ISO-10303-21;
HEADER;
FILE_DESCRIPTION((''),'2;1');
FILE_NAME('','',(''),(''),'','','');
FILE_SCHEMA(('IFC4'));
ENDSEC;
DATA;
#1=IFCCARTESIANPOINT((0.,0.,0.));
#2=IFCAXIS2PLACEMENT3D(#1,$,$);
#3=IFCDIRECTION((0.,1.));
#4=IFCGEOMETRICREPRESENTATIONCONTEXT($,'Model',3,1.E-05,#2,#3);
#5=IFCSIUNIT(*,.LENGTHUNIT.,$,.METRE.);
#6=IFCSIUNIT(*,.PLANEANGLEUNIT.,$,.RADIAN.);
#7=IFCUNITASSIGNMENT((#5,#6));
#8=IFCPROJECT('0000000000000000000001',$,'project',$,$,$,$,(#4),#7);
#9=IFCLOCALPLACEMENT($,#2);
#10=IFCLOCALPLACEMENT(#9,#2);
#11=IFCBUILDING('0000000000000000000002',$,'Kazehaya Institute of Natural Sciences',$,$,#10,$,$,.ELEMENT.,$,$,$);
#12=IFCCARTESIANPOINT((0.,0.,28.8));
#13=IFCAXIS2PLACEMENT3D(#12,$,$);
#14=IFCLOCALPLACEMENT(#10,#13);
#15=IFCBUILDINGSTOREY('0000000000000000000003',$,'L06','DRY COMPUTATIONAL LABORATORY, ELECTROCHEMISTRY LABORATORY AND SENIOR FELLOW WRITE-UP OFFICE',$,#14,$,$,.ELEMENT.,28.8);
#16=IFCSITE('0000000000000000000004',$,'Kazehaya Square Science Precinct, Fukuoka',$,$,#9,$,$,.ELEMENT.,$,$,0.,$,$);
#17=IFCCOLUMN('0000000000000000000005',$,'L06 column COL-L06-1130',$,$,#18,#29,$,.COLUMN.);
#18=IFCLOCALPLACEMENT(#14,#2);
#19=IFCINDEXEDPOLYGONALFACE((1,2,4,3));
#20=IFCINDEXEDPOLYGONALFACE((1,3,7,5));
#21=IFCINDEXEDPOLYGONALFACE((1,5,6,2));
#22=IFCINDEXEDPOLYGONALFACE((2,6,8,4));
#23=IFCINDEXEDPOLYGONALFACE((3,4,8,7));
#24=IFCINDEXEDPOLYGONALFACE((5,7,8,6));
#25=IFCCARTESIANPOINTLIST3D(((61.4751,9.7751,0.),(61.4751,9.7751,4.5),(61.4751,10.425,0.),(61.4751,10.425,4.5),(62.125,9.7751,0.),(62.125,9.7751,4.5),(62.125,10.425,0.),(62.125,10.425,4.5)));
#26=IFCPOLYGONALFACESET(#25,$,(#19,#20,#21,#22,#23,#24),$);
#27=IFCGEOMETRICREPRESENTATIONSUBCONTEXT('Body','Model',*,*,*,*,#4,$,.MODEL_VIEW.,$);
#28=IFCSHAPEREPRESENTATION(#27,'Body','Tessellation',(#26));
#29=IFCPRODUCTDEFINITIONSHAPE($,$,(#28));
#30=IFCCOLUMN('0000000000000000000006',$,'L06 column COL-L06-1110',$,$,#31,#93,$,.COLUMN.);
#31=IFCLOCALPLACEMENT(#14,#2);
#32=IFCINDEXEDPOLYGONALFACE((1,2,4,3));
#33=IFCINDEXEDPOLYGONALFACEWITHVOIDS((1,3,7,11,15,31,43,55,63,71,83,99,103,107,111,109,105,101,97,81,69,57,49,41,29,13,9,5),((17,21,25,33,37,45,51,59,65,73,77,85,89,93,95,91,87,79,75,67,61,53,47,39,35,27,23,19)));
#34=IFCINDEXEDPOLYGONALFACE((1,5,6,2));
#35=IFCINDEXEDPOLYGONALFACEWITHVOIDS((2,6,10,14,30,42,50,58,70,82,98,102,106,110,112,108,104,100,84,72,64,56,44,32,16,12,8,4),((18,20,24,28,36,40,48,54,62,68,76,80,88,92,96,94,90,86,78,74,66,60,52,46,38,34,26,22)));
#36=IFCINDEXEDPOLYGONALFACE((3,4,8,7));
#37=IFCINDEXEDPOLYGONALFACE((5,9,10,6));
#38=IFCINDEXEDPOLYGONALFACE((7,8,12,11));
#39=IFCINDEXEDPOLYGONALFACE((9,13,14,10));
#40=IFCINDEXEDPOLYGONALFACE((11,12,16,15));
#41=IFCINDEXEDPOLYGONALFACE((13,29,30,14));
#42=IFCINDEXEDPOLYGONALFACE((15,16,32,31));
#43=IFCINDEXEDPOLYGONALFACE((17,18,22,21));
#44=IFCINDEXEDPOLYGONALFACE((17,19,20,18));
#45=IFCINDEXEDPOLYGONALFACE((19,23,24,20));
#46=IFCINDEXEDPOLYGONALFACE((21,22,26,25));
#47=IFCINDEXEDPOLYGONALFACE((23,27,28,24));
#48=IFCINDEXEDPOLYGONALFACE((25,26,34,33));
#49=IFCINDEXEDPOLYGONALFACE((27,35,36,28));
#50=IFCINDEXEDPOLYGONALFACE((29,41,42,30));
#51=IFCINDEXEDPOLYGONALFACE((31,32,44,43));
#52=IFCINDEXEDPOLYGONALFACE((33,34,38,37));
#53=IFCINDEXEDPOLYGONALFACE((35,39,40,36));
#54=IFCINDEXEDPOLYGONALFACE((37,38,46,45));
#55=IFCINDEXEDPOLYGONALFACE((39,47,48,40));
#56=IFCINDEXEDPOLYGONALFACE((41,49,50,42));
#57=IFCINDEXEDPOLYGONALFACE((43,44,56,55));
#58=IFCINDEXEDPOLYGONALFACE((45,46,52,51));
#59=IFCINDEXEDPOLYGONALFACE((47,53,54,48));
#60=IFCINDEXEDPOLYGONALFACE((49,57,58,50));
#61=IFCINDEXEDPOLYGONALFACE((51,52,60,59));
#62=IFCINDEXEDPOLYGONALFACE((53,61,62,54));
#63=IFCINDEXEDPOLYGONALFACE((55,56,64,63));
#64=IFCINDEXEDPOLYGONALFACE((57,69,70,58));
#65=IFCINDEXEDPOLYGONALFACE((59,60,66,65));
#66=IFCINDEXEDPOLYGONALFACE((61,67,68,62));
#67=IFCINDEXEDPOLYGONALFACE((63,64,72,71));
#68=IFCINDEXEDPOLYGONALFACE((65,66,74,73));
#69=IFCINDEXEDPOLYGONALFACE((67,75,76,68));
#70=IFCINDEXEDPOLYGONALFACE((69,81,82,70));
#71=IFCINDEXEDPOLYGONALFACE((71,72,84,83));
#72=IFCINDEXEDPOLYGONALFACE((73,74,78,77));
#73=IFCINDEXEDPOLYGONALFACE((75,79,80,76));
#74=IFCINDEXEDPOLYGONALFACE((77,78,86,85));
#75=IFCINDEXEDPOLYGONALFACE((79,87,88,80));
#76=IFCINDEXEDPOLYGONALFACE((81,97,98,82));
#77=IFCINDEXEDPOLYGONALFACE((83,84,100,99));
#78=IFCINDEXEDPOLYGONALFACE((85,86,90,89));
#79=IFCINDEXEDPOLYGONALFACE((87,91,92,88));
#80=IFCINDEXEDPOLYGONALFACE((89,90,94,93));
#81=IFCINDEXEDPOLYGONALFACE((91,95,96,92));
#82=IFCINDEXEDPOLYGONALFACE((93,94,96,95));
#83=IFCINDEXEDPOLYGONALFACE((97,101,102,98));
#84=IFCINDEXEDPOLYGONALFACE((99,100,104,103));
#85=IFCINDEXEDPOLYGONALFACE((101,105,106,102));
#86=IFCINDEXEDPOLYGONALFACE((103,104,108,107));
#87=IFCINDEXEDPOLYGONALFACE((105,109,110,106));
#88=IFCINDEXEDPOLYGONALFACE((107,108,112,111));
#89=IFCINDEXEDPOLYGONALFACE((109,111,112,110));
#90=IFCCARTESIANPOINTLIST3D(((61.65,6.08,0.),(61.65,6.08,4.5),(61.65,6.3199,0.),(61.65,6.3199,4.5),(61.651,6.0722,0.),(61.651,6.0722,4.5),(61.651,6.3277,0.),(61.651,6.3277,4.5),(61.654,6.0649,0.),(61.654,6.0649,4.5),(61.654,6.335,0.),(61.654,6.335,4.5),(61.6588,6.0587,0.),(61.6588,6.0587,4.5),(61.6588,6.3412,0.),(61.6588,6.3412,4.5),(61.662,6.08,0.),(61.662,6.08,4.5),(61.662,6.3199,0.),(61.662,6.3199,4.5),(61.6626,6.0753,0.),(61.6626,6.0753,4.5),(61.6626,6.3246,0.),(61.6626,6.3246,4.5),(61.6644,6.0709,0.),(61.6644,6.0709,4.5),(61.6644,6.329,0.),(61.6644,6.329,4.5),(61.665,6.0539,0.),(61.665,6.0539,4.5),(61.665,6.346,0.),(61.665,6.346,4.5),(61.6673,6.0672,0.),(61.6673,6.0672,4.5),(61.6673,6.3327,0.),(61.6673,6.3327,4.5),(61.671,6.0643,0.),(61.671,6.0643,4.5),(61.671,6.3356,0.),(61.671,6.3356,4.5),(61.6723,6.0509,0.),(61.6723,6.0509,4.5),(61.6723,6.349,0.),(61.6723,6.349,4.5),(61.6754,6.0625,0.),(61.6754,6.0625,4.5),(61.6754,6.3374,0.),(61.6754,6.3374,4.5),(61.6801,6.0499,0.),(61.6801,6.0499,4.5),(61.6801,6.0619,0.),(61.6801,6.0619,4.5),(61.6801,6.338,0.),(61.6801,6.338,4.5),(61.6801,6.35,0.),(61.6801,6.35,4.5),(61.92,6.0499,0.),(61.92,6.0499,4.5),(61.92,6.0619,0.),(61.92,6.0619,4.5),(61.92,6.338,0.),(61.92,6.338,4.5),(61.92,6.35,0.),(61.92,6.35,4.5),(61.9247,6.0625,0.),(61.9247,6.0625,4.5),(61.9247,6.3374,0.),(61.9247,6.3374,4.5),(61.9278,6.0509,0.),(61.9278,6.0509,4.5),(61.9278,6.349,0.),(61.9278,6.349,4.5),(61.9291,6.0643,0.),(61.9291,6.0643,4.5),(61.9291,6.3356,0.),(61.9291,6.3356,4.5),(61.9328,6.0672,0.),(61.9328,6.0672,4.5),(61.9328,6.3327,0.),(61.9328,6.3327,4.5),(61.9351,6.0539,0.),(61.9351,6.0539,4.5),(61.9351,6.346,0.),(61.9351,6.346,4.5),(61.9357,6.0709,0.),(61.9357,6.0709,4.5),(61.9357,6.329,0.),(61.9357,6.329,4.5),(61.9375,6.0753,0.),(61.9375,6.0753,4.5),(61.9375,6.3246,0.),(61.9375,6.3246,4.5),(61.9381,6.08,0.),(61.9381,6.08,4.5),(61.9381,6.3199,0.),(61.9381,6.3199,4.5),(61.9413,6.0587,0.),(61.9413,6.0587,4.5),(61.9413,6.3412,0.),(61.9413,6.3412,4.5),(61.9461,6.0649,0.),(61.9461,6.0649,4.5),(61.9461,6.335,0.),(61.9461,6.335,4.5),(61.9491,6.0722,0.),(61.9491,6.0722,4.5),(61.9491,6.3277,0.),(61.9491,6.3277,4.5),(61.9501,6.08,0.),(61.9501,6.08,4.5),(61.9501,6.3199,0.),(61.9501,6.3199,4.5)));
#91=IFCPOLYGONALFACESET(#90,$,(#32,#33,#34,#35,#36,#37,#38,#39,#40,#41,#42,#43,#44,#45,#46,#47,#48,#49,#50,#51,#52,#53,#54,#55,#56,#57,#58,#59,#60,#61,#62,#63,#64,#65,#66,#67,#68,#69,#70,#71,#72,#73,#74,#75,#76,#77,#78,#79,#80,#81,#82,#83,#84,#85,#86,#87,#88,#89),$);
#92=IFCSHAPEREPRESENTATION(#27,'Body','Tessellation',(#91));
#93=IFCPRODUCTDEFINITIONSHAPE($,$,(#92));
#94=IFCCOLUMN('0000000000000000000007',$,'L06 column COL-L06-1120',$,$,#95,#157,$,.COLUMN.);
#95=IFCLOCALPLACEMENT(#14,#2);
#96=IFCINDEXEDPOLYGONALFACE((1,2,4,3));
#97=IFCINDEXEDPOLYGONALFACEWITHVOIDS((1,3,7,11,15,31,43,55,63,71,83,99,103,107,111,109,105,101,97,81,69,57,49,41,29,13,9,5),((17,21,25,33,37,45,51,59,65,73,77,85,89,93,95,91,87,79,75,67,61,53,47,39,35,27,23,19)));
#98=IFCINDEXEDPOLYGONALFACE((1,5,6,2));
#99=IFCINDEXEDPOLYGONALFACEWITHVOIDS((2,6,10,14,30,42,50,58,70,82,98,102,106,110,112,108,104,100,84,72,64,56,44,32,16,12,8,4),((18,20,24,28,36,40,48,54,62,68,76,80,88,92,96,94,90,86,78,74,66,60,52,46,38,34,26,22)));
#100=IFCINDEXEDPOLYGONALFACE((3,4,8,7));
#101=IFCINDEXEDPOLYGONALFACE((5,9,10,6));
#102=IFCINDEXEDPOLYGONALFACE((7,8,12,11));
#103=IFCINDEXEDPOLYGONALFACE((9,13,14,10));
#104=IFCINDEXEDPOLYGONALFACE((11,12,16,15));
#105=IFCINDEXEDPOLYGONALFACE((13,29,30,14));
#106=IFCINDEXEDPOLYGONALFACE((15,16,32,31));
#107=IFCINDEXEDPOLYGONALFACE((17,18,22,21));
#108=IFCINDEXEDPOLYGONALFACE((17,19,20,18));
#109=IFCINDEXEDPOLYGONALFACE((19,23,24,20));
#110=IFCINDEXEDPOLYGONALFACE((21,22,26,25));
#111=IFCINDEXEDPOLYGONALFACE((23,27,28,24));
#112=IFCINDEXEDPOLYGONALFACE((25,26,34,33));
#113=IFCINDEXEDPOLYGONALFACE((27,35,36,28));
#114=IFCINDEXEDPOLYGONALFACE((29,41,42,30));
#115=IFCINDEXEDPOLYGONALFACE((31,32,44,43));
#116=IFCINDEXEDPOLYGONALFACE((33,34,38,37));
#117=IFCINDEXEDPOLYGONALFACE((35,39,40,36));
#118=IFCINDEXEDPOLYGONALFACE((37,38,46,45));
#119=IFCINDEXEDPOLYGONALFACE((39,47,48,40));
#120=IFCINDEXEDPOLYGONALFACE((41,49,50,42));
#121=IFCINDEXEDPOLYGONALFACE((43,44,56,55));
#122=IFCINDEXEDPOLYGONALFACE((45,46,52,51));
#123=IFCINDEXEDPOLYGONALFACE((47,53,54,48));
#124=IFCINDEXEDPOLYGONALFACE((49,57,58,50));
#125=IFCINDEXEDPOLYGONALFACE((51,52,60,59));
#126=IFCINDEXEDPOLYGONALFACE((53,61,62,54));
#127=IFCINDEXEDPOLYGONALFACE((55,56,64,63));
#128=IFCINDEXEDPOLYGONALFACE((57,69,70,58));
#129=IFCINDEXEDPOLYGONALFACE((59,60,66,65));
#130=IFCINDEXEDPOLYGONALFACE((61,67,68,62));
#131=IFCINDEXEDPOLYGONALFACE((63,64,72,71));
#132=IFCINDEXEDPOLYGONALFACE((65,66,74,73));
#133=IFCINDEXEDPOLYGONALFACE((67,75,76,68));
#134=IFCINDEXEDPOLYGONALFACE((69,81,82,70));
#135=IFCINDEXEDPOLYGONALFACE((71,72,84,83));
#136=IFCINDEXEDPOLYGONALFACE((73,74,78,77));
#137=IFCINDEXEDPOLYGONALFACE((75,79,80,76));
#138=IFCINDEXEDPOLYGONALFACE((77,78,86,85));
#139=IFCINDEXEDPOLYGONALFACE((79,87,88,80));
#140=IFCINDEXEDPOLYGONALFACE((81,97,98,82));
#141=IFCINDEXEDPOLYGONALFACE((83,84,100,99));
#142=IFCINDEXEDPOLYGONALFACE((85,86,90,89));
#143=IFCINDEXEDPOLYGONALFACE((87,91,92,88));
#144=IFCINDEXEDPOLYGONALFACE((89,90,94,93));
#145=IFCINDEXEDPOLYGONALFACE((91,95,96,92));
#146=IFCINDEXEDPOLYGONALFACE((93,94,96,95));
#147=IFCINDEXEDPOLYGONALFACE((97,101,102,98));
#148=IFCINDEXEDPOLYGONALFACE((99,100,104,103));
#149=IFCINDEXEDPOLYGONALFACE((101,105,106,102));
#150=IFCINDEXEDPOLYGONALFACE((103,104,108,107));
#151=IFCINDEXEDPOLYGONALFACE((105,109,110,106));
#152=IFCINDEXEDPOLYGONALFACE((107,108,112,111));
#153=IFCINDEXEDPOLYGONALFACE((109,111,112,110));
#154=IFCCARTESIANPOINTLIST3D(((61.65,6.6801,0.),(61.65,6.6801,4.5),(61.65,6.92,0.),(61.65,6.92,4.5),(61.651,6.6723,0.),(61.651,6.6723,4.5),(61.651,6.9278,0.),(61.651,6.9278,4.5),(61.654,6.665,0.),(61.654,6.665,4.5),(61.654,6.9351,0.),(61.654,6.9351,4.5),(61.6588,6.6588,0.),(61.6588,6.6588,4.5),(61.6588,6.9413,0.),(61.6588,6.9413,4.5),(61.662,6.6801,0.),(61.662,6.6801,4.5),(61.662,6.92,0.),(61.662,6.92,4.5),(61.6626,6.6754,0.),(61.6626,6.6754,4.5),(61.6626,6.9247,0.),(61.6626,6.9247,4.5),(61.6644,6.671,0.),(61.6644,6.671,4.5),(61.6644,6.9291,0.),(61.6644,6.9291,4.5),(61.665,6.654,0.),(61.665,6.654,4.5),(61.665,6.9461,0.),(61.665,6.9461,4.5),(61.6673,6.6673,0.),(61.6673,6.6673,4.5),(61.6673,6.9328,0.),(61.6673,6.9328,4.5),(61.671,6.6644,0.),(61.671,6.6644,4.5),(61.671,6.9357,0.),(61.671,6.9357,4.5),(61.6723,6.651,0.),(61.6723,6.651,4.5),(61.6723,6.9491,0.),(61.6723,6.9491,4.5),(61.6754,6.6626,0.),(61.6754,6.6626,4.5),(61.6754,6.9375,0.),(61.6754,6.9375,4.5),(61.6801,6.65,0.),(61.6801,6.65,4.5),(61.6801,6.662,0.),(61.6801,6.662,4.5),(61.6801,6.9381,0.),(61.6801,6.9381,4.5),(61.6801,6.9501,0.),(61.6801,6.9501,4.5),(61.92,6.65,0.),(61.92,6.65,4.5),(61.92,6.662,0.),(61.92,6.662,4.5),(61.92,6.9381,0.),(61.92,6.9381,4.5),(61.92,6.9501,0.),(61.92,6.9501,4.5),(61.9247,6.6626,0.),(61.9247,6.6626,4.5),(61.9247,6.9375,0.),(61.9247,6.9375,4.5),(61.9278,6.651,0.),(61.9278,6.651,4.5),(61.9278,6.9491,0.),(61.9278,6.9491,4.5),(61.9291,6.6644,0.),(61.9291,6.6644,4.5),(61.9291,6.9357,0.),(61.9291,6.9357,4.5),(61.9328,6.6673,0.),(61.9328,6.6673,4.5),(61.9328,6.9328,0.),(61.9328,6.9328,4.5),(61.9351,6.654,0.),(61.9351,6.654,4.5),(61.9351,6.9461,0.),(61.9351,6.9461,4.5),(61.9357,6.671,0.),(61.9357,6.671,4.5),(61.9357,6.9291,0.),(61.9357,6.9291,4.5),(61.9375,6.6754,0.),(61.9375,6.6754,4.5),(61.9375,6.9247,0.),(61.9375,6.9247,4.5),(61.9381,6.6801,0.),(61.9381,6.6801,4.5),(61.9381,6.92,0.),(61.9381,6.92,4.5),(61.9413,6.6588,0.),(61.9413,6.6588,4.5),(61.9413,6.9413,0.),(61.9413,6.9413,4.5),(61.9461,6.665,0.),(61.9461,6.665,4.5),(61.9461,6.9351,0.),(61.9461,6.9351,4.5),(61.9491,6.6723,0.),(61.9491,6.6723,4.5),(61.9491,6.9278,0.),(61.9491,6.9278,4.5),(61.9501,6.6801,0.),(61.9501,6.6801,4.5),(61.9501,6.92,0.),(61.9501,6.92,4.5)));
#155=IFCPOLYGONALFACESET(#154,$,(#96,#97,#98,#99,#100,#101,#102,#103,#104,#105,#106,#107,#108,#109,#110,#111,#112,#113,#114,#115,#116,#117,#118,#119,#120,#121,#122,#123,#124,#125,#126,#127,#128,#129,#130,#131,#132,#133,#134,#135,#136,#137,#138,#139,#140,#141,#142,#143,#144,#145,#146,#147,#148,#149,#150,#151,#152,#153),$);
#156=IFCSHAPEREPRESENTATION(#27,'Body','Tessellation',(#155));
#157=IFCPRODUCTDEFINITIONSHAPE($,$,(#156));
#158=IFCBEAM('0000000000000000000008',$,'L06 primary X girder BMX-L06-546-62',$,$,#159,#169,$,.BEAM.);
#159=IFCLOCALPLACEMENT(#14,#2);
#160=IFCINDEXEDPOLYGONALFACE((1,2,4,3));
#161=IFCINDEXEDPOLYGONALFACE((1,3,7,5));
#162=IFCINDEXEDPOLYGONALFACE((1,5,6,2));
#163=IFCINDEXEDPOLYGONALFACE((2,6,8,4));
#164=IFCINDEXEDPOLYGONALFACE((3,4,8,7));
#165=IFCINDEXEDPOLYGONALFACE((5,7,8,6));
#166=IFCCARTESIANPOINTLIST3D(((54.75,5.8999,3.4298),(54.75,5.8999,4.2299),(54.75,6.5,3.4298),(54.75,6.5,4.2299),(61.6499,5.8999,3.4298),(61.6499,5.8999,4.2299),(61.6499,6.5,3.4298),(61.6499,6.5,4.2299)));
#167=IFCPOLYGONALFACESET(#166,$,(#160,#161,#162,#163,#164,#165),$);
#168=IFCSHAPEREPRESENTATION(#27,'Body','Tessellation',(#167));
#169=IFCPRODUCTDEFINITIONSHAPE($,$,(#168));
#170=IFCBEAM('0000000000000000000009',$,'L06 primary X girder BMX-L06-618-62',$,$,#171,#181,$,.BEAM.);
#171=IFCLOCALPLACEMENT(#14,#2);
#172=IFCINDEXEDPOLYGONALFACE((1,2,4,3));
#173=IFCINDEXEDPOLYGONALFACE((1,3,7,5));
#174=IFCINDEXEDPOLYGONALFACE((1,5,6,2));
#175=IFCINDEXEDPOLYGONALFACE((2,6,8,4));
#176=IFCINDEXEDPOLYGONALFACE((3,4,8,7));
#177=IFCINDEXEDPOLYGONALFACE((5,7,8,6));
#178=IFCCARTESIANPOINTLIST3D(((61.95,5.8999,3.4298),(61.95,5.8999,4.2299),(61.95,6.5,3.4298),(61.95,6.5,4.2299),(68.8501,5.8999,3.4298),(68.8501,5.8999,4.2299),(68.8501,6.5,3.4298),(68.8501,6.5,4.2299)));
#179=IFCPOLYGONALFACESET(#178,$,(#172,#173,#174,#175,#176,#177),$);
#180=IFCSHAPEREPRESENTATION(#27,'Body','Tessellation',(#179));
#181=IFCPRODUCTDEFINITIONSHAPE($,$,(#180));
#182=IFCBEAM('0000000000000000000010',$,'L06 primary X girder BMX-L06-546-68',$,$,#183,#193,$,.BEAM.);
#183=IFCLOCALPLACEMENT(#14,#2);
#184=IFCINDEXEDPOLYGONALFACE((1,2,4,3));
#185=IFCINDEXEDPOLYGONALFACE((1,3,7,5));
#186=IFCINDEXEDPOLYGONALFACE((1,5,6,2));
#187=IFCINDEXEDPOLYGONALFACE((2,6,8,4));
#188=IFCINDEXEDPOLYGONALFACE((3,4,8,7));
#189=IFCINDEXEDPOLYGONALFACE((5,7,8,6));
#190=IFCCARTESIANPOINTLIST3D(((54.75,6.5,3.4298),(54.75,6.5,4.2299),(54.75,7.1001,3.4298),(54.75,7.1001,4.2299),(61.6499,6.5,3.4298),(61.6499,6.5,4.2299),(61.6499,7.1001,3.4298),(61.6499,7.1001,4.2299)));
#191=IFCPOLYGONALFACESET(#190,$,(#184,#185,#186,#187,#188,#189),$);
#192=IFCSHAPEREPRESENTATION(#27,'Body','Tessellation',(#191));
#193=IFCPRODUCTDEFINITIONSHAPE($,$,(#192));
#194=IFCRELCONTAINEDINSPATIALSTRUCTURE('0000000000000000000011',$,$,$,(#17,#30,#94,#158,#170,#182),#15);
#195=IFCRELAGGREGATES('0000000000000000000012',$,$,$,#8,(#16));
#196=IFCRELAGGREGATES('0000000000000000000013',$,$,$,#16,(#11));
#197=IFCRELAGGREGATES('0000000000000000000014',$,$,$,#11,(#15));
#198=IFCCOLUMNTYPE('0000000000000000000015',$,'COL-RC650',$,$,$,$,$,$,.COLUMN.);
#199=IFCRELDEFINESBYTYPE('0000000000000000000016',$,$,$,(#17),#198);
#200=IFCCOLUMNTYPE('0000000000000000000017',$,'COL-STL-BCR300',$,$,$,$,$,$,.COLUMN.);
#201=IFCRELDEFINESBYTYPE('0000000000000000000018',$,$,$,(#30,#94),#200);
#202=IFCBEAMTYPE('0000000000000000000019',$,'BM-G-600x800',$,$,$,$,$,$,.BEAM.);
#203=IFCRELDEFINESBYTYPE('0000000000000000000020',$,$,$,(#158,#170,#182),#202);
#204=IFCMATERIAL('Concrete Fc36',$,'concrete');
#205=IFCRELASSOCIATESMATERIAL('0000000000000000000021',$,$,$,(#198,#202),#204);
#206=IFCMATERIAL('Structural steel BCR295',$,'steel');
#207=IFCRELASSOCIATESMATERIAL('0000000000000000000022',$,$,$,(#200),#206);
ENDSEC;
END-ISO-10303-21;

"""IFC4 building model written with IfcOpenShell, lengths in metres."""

from ifc_helpers import new_model, si_unit, direction, frame, origin, origin_2d, place, context, subcontext, project, spatial, rectangle, hollow_rectangle, extrude, material, material_profile, profile_set, type_object, element, save


model = new_model("IFC4")

# Units and contexts
model_context = context("Model", 3, precision=1e-05, world=origin(), true_north=direction((0.0, 1.0)))
body_context = subcontext(model_context, "Body", "Model", "MODEL_VIEW")
ifc_project = project(units=[si_unit("LENGTHUNIT", "METRE"), si_unit("PLANEANGLEUNIT", "RADIAN")], contexts=[model_context])

# Site, building, storey
site_placement = place(None, origin())
site = spatial("IfcSite", under=ifc_project, at=site_placement, Name="Kazehaya Square Science Precinct, Fukuoka", CompositionType="ELEMENT", RefElevation=0.0)
building_placement = place(site_placement, origin())
building = spatial("IfcBuilding", under=site, at=building_placement, Name="Kazehaya Institute of Natural Sciences", CompositionType="ELEMENT")
storey_placement = place(building_placement, frame((0.0, 0.0, 28.8)))
storey = spatial("IfcBuildingStorey", under=building, at=storey_placement, Name="L06", Description="DRY COMPUTATIONAL LABORATORY, ELECTROCHEMISTRY LABORATORY AND SENIOR FELLOW WRITE-UP OFFICE", CompositionType="ELEMENT", Elevation=28.8)

# Columns
ifc_material_1 = material(Name="Concrete Fc36", Category="concrete")
ifc_material_profile_1 = material_profile(ifc_material_1, rectangle(XDim=0.6499, YDim=0.6499, at=origin_2d()), Name="RC-650x650")
ifc_profile_set_1 = profile_set([ifc_material_profile_1], Name="Concrete Fc36")
column_type_1 = type_object("IfcColumnType", Name="COL-RC650", PredefinedType="COLUMN", material=ifc_profile_set_1)
column_placement = place(storey_placement, frame((61.8, 10.1001, 0.0), z_axis=(0.0, 0.0, 1.0), x_axis=(1.0, 0.0, 0.0)))
element("IfcColumn", 1, at=column_placement, inside=storey, type_object=column_type_1, Name="L06 column COL-L06-1130", PredefinedType="COLUMN", context=body_context, shape_type="SweptSolid", body=[
    extrude(rectangle(XDim=0.6499, YDim=0.6499, at=origin_2d()), origin(), (0.0, 0.0, 1.0), 4.5),
])
ifc_material_2 = material(Name="Structural steel BCR295", Category="steel")
ifc_material_profile_2 = material_profile(ifc_material_2, hollow_rectangle(XDim=0.3, YDim=0.3, WallThickness=0.012, InnerFilletRadius=0.0181, OuterFilletRadius=0.03, at=origin_2d()), Name="BCR-300x300x12")
ifc_profile_set_2 = profile_set([ifc_material_profile_2], Name="Structural steel BCR295")
column_type_2 = type_object("IfcColumnType", Name="COL-STL-BCR300", PredefinedType="COLUMN", material=ifc_profile_set_2)
for number, where, z_axis, x_axis, name in (
    (2, (61.8, 6.2, 0.0), (0.0, 0.0, 1.0), (1.0, 0.0, 0.0), "L06 column COL-L06-1110"),
    (3, (61.8, 6.8, 0.0), (0.0, 0.0, 1.0), (1.0, 0.0, 0.0), "L06 column COL-L06-1120"),
):
    element("IfcColumn", number, at=place(storey_placement, frame(where, z_axis=z_axis, x_axis=x_axis)), inside=storey, type_object=column_type_2, Name=name, PredefinedType="COLUMN", context=body_context, shape_type="SweptSolid", body=[
        extrude(hollow_rectangle(XDim=0.3, YDim=0.3, WallThickness=0.012, InnerFilletRadius=0.0181, OuterFilletRadius=0.03, at=origin_2d()), origin(), (0.0, 0.0, 1.0), 4.5),
    ])

# Beams
ifc_material_profile_3 = material_profile(ifc_material_1, rectangle(XDim=0.6001, YDim=0.8, at=origin_2d()), Name="RC-600x800")
ifc_profile_set_3 = profile_set([ifc_material_profile_3], Name="Concrete Fc36")
beam_type = type_object("IfcBeamType", Name="BM-G-600x800", PredefinedType="BEAM", material=ifc_profile_set_3)
beam_1_placement = place(storey_placement, frame((54.75, 6.2, 3.8298), z_axis=(1.0, 0.0, 0.0), x_axis=(0.0, 1.0, 0.0)))
element("IfcBeam", 4, at=beam_1_placement, inside=storey, type_object=beam_type, Name="L06 primary X girder BMX-L06-546-62", PredefinedType="BEAM", context=body_context, shape_type="SweptSolid", body=[
    extrude(rectangle(XDim=0.6001, YDim=0.8, at=origin_2d()), origin(), (0.0, 0.0, 1.0), 6.8999),
])
beam_2_placement = place(storey_placement, frame((61.95, 6.2, 3.8298), z_axis=(1.0, 0.0, 0.0), x_axis=(0.0, 1.0, 0.0)))
element("IfcBeam", 5, at=beam_2_placement, inside=storey, type_object=beam_type, Name="L06 primary X girder BMX-L06-618-62", PredefinedType="BEAM", context=body_context, shape_type="SweptSolid", body=[
    extrude(rectangle(XDim=0.6001, YDim=0.8, at=origin_2d()), origin(), (0.0, 0.0, 1.0), 6.9001),
])
beam_3_placement = place(storey_placement, frame((54.75, 6.8, 3.8298), z_axis=(1.0, 0.0, 0.0), x_axis=(0.0, 1.0, 0.0)))
element("IfcBeam", 6, at=beam_3_placement, inside=storey, type_object=beam_type, Name="L06 primary X girder BMX-L06-546-68", PredefinedType="BEAM", context=body_context, shape_type="SweptSolid", body=[
    extrude(rectangle(XDim=0.6001, YDim=0.8, at=origin_2d()), origin(), (0.0, 0.0, 1.0), 6.8999),
])

save(model, "model.ifc")
